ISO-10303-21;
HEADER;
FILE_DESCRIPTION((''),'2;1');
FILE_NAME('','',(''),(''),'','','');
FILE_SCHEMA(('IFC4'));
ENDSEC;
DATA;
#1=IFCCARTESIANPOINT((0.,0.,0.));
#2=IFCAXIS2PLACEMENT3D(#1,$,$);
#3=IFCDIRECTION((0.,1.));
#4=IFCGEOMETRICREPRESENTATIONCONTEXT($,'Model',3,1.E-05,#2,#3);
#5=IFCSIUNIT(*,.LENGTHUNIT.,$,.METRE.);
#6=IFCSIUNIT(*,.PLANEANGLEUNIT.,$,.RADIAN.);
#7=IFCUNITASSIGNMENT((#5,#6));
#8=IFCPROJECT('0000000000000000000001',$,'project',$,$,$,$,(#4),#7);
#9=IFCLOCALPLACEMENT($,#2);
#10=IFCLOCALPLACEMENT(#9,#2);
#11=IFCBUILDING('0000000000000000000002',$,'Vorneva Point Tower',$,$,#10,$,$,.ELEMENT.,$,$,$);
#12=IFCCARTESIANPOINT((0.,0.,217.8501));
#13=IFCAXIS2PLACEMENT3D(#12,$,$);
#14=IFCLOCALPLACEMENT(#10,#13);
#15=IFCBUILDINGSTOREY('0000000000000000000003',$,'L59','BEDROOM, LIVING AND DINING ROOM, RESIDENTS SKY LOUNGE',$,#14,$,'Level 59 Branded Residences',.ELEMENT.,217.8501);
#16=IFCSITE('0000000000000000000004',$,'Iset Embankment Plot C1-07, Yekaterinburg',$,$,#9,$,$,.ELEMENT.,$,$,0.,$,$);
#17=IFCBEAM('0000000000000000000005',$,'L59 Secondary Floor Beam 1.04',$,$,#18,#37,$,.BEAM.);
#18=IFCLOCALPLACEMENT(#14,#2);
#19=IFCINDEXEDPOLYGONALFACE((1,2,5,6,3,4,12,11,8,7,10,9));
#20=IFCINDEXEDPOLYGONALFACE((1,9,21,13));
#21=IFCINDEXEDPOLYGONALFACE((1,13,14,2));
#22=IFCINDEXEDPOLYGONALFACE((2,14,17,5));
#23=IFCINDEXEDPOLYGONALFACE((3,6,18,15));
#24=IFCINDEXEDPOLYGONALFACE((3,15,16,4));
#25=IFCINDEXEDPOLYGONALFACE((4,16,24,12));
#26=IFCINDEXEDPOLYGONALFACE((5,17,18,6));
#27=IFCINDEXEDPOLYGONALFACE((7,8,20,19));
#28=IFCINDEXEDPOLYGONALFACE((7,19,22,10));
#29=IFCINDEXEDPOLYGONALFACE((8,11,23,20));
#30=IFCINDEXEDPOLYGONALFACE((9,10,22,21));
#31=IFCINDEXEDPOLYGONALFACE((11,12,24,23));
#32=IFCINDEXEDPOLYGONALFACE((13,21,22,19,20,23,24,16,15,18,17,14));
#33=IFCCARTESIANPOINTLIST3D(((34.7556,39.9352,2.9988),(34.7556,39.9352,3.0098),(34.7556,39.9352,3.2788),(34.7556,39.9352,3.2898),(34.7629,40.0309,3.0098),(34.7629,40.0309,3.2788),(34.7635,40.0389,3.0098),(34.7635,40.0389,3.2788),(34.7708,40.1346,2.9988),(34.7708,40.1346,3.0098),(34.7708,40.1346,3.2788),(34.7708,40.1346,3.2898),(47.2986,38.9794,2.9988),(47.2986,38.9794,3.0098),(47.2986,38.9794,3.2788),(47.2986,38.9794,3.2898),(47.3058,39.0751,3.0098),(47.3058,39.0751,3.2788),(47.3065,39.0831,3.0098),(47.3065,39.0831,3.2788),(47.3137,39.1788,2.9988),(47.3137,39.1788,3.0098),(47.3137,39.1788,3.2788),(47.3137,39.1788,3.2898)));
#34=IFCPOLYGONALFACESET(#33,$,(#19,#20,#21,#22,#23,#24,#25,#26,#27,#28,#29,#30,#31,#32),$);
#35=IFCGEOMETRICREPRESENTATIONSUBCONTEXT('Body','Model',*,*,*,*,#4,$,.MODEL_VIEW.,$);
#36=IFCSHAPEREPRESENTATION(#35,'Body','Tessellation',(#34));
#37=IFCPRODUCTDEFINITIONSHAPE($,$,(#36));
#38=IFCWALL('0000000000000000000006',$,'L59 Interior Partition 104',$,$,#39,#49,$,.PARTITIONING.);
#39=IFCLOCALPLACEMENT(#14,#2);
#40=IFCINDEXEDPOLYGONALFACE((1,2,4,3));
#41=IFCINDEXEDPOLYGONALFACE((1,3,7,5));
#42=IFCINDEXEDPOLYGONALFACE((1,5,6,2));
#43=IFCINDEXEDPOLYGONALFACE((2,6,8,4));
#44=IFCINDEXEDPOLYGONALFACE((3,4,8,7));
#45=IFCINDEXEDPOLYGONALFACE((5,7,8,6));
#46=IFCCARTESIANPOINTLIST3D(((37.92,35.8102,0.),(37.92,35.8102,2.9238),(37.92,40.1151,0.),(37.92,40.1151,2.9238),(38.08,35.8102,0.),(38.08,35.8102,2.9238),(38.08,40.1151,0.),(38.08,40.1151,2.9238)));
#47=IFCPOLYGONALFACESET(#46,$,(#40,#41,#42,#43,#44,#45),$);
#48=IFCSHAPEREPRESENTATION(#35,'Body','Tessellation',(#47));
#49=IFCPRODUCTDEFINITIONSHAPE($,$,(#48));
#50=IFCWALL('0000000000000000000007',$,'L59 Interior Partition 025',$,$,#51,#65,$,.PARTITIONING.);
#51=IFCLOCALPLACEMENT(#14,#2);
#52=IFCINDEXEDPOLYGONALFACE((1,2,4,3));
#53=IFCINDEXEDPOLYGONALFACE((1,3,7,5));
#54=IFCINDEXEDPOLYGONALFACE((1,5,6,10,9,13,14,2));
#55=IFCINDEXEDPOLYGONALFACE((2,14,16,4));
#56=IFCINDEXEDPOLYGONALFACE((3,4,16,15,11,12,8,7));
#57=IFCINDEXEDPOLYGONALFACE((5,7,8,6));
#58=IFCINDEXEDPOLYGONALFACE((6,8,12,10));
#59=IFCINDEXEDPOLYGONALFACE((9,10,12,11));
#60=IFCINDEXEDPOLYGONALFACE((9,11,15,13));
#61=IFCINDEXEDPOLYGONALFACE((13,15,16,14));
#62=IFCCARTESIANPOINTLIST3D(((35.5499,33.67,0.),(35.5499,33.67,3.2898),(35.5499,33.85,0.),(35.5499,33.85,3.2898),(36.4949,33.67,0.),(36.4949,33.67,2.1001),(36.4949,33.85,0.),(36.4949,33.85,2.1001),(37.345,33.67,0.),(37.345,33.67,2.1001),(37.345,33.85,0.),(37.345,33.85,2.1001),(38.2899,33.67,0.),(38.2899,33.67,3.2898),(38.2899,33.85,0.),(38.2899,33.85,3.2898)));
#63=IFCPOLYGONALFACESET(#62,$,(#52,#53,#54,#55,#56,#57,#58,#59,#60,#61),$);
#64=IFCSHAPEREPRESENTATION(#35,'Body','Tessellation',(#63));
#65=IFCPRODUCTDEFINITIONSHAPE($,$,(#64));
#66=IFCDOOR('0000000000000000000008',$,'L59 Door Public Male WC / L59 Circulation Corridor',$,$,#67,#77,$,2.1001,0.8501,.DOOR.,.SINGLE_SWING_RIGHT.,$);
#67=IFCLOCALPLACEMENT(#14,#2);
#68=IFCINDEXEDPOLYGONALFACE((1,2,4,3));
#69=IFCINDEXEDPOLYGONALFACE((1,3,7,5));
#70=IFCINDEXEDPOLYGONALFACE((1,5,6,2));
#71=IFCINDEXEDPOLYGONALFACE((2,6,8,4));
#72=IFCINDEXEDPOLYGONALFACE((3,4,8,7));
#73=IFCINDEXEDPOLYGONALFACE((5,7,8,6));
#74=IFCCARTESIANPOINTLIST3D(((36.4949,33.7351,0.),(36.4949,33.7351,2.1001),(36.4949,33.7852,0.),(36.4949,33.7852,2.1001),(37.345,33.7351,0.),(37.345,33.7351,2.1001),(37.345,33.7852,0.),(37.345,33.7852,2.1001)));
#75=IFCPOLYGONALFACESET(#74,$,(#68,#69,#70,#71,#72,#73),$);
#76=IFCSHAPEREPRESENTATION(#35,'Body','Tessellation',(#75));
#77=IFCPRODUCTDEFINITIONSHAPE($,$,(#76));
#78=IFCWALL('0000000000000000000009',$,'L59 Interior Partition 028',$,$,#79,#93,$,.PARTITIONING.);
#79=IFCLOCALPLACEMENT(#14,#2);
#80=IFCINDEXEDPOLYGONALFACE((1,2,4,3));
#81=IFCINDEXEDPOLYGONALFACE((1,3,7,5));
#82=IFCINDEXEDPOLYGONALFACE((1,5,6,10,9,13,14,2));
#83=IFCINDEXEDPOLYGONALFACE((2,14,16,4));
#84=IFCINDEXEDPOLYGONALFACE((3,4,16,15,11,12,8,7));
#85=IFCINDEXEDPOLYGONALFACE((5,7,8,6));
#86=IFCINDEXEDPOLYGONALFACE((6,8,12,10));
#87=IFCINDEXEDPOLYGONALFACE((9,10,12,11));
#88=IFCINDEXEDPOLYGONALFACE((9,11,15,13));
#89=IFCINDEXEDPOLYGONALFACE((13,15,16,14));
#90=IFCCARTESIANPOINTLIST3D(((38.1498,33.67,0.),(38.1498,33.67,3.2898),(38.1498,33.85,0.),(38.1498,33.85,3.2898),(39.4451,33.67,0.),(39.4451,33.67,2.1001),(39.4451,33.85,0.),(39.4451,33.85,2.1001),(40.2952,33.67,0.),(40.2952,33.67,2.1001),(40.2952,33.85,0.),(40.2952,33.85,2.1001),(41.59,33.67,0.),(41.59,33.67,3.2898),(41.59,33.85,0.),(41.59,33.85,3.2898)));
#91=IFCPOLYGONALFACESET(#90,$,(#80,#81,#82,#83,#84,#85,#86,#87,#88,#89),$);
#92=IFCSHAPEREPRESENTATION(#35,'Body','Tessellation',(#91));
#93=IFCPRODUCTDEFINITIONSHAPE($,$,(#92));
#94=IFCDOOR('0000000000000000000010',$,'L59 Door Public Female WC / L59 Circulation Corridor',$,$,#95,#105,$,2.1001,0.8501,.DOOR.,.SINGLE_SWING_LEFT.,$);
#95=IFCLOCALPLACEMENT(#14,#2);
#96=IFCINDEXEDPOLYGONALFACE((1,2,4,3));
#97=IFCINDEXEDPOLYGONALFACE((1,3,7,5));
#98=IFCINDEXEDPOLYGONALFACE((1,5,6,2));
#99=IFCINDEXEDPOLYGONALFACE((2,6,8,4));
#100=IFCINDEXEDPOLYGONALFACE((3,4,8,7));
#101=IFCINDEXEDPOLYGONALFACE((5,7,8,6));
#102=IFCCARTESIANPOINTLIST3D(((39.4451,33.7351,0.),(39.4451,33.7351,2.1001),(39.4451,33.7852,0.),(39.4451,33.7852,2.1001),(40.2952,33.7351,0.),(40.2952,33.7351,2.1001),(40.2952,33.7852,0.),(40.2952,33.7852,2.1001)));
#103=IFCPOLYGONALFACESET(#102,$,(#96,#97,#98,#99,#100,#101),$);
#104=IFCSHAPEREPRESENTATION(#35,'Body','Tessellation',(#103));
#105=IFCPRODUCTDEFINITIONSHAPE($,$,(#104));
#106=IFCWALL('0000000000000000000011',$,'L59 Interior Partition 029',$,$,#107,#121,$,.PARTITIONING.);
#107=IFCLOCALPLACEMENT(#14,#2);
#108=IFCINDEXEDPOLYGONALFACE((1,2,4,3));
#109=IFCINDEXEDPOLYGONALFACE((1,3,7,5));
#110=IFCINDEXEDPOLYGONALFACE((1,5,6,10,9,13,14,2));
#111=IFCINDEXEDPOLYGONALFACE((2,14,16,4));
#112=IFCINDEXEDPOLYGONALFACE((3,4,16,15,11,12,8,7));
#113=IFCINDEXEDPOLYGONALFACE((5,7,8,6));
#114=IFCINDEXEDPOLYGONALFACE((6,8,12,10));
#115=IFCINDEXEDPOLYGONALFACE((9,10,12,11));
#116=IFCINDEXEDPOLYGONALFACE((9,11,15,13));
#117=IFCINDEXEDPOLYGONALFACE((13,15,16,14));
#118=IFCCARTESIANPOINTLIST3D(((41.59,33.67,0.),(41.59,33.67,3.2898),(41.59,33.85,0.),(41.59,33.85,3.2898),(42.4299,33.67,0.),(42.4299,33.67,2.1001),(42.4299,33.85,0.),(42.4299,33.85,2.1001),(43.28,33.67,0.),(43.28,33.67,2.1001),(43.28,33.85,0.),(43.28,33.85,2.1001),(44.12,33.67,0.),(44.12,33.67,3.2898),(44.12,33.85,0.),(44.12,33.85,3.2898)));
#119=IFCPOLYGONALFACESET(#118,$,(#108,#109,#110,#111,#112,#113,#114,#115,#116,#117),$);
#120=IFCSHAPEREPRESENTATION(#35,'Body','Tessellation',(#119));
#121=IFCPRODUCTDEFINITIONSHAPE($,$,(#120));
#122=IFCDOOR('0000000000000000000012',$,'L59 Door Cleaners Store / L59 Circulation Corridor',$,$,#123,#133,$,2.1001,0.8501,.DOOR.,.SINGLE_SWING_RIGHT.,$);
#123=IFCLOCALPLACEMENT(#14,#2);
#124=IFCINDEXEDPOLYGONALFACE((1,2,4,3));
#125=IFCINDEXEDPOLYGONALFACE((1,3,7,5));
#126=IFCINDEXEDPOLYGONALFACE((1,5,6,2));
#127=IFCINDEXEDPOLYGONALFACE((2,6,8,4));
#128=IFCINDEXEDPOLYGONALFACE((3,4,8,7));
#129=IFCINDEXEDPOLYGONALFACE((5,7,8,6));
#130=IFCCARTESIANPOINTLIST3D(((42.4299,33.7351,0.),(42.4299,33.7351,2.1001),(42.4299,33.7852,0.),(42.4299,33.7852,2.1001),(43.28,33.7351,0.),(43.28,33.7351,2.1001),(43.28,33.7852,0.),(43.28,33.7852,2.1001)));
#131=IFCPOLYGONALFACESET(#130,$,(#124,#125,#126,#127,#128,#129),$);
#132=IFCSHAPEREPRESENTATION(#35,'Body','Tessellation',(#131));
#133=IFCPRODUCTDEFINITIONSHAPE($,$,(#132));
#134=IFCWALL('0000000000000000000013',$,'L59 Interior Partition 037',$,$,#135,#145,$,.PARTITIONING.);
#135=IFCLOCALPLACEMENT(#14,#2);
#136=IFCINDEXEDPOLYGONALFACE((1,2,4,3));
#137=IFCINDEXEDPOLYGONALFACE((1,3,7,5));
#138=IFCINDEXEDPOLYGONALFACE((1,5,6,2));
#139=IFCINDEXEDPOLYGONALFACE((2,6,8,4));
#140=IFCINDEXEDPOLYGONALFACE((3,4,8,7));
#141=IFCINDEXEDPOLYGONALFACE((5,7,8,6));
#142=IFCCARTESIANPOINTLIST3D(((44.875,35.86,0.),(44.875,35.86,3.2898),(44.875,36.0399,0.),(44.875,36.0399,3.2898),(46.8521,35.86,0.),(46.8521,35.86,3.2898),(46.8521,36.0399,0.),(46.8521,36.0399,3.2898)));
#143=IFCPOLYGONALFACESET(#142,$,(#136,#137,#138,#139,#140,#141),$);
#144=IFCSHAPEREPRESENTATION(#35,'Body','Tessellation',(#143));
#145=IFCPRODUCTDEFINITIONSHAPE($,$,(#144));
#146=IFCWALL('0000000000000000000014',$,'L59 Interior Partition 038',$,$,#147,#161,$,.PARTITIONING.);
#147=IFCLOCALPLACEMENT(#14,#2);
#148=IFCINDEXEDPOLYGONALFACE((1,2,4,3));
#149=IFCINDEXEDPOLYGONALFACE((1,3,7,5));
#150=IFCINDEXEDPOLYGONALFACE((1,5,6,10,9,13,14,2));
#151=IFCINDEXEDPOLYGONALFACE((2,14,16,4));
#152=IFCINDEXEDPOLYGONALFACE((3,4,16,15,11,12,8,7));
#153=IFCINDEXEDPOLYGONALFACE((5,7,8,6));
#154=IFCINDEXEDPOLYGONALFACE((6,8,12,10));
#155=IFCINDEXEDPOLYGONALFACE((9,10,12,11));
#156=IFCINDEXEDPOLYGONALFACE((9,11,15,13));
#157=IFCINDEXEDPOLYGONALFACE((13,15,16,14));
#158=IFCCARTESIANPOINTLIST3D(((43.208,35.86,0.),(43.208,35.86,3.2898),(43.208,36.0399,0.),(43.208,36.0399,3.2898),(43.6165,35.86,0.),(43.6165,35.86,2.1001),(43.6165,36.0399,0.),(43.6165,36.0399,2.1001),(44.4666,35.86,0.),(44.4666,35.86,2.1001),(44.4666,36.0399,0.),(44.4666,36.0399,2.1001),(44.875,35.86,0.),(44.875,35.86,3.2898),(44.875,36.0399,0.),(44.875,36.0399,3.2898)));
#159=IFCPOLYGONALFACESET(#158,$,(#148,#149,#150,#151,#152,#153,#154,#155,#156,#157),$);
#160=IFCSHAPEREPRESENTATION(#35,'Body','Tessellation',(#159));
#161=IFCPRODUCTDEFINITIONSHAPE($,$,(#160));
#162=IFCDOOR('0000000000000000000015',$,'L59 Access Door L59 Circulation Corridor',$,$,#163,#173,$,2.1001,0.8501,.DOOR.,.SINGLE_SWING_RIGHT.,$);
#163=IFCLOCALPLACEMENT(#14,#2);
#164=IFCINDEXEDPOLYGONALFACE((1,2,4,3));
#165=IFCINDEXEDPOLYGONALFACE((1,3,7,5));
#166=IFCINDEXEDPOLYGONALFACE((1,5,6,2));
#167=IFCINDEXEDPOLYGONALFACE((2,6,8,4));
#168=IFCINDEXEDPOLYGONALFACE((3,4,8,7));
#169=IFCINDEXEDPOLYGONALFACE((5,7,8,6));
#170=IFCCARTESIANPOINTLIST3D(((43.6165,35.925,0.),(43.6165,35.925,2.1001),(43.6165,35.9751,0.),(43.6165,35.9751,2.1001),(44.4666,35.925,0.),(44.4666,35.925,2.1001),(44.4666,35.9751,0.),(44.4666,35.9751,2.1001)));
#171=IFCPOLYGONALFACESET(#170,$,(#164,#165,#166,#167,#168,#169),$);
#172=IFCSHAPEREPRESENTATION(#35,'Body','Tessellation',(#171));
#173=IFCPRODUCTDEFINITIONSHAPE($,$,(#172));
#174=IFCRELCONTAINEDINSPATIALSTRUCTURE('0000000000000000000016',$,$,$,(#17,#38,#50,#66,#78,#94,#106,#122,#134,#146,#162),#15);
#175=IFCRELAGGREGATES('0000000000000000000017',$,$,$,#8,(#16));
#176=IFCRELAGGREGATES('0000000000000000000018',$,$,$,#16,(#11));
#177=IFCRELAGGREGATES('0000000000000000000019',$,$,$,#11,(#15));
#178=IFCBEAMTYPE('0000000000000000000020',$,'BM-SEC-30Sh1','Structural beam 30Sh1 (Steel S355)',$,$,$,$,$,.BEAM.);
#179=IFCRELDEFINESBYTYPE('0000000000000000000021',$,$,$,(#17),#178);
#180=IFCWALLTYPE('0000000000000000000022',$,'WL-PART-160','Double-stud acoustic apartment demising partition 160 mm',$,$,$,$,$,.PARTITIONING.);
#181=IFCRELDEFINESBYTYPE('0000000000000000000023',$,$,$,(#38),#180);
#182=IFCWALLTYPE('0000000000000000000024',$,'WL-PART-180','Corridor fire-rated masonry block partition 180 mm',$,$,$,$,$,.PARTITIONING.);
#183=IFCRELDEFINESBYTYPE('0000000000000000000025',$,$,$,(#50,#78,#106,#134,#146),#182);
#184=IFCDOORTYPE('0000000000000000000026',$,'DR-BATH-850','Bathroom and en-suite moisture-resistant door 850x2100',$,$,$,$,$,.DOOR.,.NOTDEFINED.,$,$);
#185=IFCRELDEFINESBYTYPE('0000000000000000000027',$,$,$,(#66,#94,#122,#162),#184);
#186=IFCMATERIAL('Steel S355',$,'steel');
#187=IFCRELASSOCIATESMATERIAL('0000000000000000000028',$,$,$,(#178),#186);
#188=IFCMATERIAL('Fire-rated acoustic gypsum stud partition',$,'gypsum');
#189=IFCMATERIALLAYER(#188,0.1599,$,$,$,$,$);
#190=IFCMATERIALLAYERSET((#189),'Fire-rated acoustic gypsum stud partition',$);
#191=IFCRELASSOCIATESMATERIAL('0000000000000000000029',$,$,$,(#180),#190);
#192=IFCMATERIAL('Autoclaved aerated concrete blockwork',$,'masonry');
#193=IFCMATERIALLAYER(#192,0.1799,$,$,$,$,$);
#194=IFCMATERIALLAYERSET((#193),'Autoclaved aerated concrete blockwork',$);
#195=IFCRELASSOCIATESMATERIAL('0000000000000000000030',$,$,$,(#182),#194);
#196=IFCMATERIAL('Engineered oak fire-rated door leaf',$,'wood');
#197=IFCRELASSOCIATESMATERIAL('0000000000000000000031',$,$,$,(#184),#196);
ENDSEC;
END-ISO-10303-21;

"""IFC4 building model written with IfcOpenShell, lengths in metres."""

from ifc_helpers import new_model, si_unit, direction, frame, frame_2d, origin, origin_2d, place, context, subcontext, project, spatial, rectangle, i_section, extrude, material, layer, layer_set, material_profile, profile_set, type_object, element, fill, save


model = new_model("IFC4")

# Units and contexts
model_context = context("Model", 3, precision=1e-05, world=origin(), true_north=direction((0.0, 1.0)))
body_context = subcontext(model_context, "Body", "Model", "MODEL_VIEW")
ifc_project = project(units=[si_unit("LENGTHUNIT", "METRE"), si_unit("PLANEANGLEUNIT", "RADIAN")], contexts=[model_context])

# Site, building, storey
site_placement = place(None, origin())
site = spatial("IfcSite", under=ifc_project, at=site_placement, Name="Iset Embankment Plot C1-07, Yekaterinburg", CompositionType="ELEMENT", RefElevation=0.0)
building_placement = place(site_placement, origin())
building = spatial("IfcBuilding", under=site, at=building_placement, Name="Vorneva Point Tower", CompositionType="ELEMENT")
storey_placement = place(building_placement, frame((0.0, 0.0, 217.8501)))
storey = spatial("IfcBuildingStorey", under=building, at=storey_placement, Name="L59", Description="BEDROOM, LIVING AND DINING ROOM, RESIDENTS SKY LOUNGE", LongName="Level 59 Branded Residences", CompositionType="ELEMENT", Elevation=217.8501)

# Beam
ifc_material_1 = material(Name="Steel S355", Category="steel")
ifc_material_profile = material_profile(ifc_material_1, i_section(OverallWidth=0.2, OverallDepth=0.291, WebThickness=0.0081, FlangeThickness=0.011, at=origin_2d()), Name="30Sh1")
ifc_profile_set = profile_set([ifc_material_profile], Name="Steel S355")
beam_type = type_object("IfcBeamType", Name="BM-SEC-30Sh1", Description="Structural beam 30Sh1 (Steel S355)", PredefinedType="BEAM", material=ifc_profile_set)
beam_placement = place(storey_placement, frame((47.3062, 39.0791, 3.1443), z_axis=(-0.997109, 0.075983, 0.0), x_axis=(-0.075983, -0.997109, 0.0)))
element("IfcBeam", 1, at=beam_placement, inside=storey, type_object=beam_type, Name="L59 Secondary Floor Beam 1.04", PredefinedType="BEAM", context=body_context, shape_type="SweptSolid", body=[
    extrude(i_section(OverallWidth=0.2, OverallDepth=0.291, WebThickness=0.0081, FlangeThickness=0.011, at=origin_2d()), origin(), (0.0, 0.0, 1.0), 12.5793),
])

# Wall
ifc_material_2 = material(Name="Fire-rated acoustic gypsum stud partition", Category="gypsum")
ifc_layer_1 = layer(ifc_material_2, 0.1599)
ifc_layer_set_1 = layer_set([ifc_layer_1], Name="Fire-rated acoustic gypsum stud partition")
wall_type_1 = type_object("IfcWallType", Name="WL-PART-160", Description="Double-stud acoustic apartment demising partition 160 mm", PredefinedType="PARTITIONING", material=ifc_layer_set_1)
wall_1_placement = place(storey_placement, frame((38.0, 40.115, 0.0), z_axis=(0.0, 0.0, 1.0), x_axis=(0.0, -1.0, 0.0)))
element("IfcWall", 2, at=wall_1_placement, inside=storey, type_object=wall_type_1, Name="L59 Interior Partition 104", PredefinedType="PARTITIONING", context=body_context, shape_type="SweptSolid", body=[
    extrude(rectangle(XDim=4.3049, YDim=0.1599, at=frame_2d((2.1523, 0.0))), origin(), (0.0, 0.0, 1.0), 2.9238),
])

# Walls, openings, doors
ifc_material_3 = material(Name="Autoclaved aerated concrete blockwork", Category="masonry")
ifc_layer_2 = layer(ifc_material_3, 0.1799)
ifc_layer_set_2 = layer_set([ifc_layer_2], Name="Autoclaved aerated concrete blockwork")
wall_type_2 = type_object("IfcWallType", Name="WL-PART-180", Description="Corridor fire-rated masonry block partition 180 mm", PredefinedType="PARTITIONING", material=ifc_layer_set_2)
wall_2_placement = place(storey_placement, frame((38.29, 33.76, 0.0), z_axis=(0.0, 0.0, 1.0), x_axis=(-1.0, 0.0, 0.0)))
wall_2 = element("IfcWall", 3, at=wall_2_placement, inside=storey, type_object=wall_type_2, Name="L59 Interior Partition 025", PredefinedType="PARTITIONING", context=body_context, shape_type="SweptSolid", body=[
    extrude(rectangle(XDim=2.74, YDim=0.1799, at=frame_2d((1.3701, 0.0))), origin(), (0.0, 0.0, 1.0), 3.2898),
])
opening_1_placement = place(wall_2_placement, frame((0.9451, 0.0, 0.0)))
opening_1 = element("IfcOpeningElement", 4, at=opening_1_placement, cuts=wall_2, PredefinedType="OPENING", context=body_context, shape_type="SweptSolid", body=[
    extrude(rectangle(XDim=0.8501, YDim=2.1001, at=frame_2d((0.425, 1.05))), frame((0.0, 0.105, 0.0), z_axis=(0.0, -1.0, 0.0), x_axis=(1.0, 0.0, 0.0)), (0.0, 0.0, 1.0), 0.2097),
])
ifc_material_4 = material(Name="Engineered oak fire-rated door leaf", Category="wood")
door_type_1 = type_object("IfcDoorType", Name="DR-BATH-850", Description="Bathroom and en-suite moisture-resistant door 850x2100", OperationType="NOTDEFINED", PredefinedType="DOOR", material=ifc_material_4)
door_1_placement = place(opening_1_placement, origin())
door_1 = element("IfcDoor", 5, at=door_1_placement, inside=storey, type_object=door_type_1, Name="L59 Door Public Male WC / L59 Circulation Corridor", OperationType="SINGLE_SWING_RIGHT", OverallHeight=2.1001, OverallWidth=0.8501, PredefinedType="DOOR", context=body_context, shape_type="SweptSolid", body=[
    extrude(rectangle(XDim=0.8501, YDim=2.1001, at=frame_2d((0.425, 1.05))), frame((0.0, 0.0249, 0.0), z_axis=(0.0, -1.0, 0.0), x_axis=(1.0, 0.0, 0.0)), (0.0, 0.0, 1.0), 0.05),
])
fill(opening_1, door_1)
wall_3_placement = place(storey_placement, frame((41.5901, 33.76, 0.0), z_axis=(0.0, 0.0, 1.0), x_axis=(-1.0, 0.0, 0.0)))
wall_3 = element("IfcWall", 6, at=wall_3_placement, inside=storey, type_object=wall_type_2, Name="L59 Interior Partition 028", PredefinedType="PARTITIONING", context=body_context, shape_type="SweptSolid", body=[
    extrude(rectangle(XDim=3.4402, YDim=0.1799, at=frame_2d((1.7202, 0.0))), origin(), (0.0, 0.0, 1.0), 3.2898),
])
opening_2_placement = place(wall_3_placement, frame((1.2949, 0.0, 0.0)))
opening_2 = element("IfcOpeningElement", 7, at=opening_2_placement, cuts=wall_3, PredefinedType="OPENING", context=body_context, shape_type="SweptSolid", body=[
    extrude(rectangle(XDim=0.8501, YDim=2.1001, at=frame_2d((0.425, 1.05))), frame((0.0, 0.105, 0.0), z_axis=(0.0, -1.0, 0.0), x_axis=(1.0, 0.0, 0.0)), (0.0, 0.0, 1.0), 0.2097),
])
door_2_placement = place(opening_2_placement, origin())
door_2 = element("IfcDoor", 8, at=door_2_placement, inside=storey, type_object=door_type_1, Name="L59 Door Public Female WC / L59 Circulation Corridor", OperationType="SINGLE_SWING_LEFT", OverallHeight=2.1001, OverallWidth=0.8501, PredefinedType="DOOR", context=body_context, shape_type="SweptSolid", body=[
    extrude(rectangle(XDim=0.8501, YDim=2.1001, at=frame_2d((0.425, 1.05))), frame((0.0, 0.0249, 0.0), z_axis=(0.0, -1.0, 0.0), x_axis=(1.0, 0.0, 0.0)), (0.0, 0.0, 1.0), 0.05),
])
fill(opening_2, door_2)
wall_4_placement = place(storey_placement, frame((44.1201, 33.76, 0.0), z_axis=(0.0, 0.0, 1.0), x_axis=(-1.0, 0.0, 0.0)))
wall_4 = element("IfcWall", 9, at=wall_4_placement, inside=storey, type_object=wall_type_2, Name="L59 Interior Partition 029", PredefinedType="PARTITIONING", context=body_context, shape_type="SweptSolid", body=[
    extrude(rectangle(XDim=2.53, YDim=0.1799, at=frame_2d((1.2651, 0.0))), origin(), (0.0, 0.0, 1.0), 3.2898),
])
opening_3_placement = place(wall_4_placement, frame((0.8401, 0.0, 0.0)))
opening_3 = element("IfcOpeningElement", 10, at=opening_3_placement, cuts=wall_4, PredefinedType="OPENING", context=body_context, shape_type="SweptSolid", body=[
    extrude(rectangle(XDim=0.8501, YDim=2.1001, at=frame_2d((0.425, 1.05))), frame((0.0, 0.105, 0.0), z_axis=(0.0, -1.0, 0.0), x_axis=(1.0, 0.0, 0.0)), (0.0, 0.0, 1.0), 0.2097),
])
door_3_placement = place(opening_3_placement, origin())
door_3 = element("IfcDoor", 11, at=door_3_placement, inside=storey, type_object=door_type_1, Name="L59 Door Cleaners Store / L59 Circulation Corridor", OperationType="SINGLE_SWING_RIGHT", OverallHeight=2.1001, OverallWidth=0.8501, PredefinedType="DOOR", context=body_context, shape_type="SweptSolid", body=[
    extrude(rectangle(XDim=0.8501, YDim=2.1001, at=frame_2d((0.425, 1.05))), frame((0.0, 0.0249, 0.0), z_axis=(0.0, -1.0, 0.0), x_axis=(1.0, 0.0, 0.0)), (0.0, 0.0, 1.0), 0.05),
])
fill(opening_3, door_3)

# Wall
wall_5_placement = place(storey_placement, frame((46.8521, 35.95, 0.0), z_axis=(0.0, 0.0, 1.0), x_axis=(-1.0, 0.0, 0.0)))
element("IfcWall", 12, at=wall_5_placement, inside=storey, type_object=wall_type_2, Name="L59 Interior Partition 037", PredefinedType="PARTITIONING", context=body_context, shape_type="SweptSolid", body=[
    extrude(rectangle(XDim=1.9771, YDim=0.1799, at=frame_2d((0.9885, 0.0))), origin(), (0.0, 0.0, 1.0), 3.2898),
])

# Wall, opening, door
wall_6_placement = place(storey_placement, frame((44.875, 35.95, 0.0), z_axis=(0.0, 0.0, 1.0), x_axis=(-1.0, 0.0, 0.0)))
wall_6 = element("IfcWall", 13, at=wall_6_placement, inside=storey, type_object=wall_type_2, Name="L59 Interior Partition 038", PredefinedType="PARTITIONING", context=body_context, shape_type="SweptSolid", body=[
    extrude(rectangle(XDim=1.667, YDim=0.1799, at=frame_2d((0.8335, 0.0))), origin(), (0.0, 0.0, 1.0), 3.2898),
])
opening_4_placement = place(wall_6_placement, frame((0.4084, 0.0, 0.0)))
opening_4 = element("IfcOpeningElement", 14, at=opening_4_placement, cuts=wall_6, PredefinedType="OPENING", context=body_context, shape_type="SweptSolid", body=[
    extrude(rectangle(XDim=0.8501, YDim=2.1001, at=frame_2d((0.425, 1.05))), frame((0.0, 0.105, 0.0), z_axis=(0.0, -1.0, 0.0), x_axis=(1.0, 0.0, 0.0)), (0.0, 0.0, 1.0), 0.2097),
])
door_4_placement = place(opening_4_placement, origin())
door_4 = element("IfcDoor", 15, at=door_4_placement, inside=storey, type_object=door_type_1, Name="L59 Access Door L59 Circulation Corridor", OperationType="SINGLE_SWING_RIGHT", OverallHeight=2.1001, OverallWidth=0.8501, PredefinedType="DOOR", context=body_context, shape_type="SweptSolid", body=[
    extrude(rectangle(XDim=0.8501, YDim=2.1001, at=frame_2d((0.425, 1.05))), frame((0.0, 0.0249, 0.0), z_axis=(0.0, -1.0, 0.0), x_axis=(1.0, 0.0, 0.0)), (0.0, 0.0, 1.0), 0.05),
])
fill(opening_4, door_4)

save(model, "model.ifc")
